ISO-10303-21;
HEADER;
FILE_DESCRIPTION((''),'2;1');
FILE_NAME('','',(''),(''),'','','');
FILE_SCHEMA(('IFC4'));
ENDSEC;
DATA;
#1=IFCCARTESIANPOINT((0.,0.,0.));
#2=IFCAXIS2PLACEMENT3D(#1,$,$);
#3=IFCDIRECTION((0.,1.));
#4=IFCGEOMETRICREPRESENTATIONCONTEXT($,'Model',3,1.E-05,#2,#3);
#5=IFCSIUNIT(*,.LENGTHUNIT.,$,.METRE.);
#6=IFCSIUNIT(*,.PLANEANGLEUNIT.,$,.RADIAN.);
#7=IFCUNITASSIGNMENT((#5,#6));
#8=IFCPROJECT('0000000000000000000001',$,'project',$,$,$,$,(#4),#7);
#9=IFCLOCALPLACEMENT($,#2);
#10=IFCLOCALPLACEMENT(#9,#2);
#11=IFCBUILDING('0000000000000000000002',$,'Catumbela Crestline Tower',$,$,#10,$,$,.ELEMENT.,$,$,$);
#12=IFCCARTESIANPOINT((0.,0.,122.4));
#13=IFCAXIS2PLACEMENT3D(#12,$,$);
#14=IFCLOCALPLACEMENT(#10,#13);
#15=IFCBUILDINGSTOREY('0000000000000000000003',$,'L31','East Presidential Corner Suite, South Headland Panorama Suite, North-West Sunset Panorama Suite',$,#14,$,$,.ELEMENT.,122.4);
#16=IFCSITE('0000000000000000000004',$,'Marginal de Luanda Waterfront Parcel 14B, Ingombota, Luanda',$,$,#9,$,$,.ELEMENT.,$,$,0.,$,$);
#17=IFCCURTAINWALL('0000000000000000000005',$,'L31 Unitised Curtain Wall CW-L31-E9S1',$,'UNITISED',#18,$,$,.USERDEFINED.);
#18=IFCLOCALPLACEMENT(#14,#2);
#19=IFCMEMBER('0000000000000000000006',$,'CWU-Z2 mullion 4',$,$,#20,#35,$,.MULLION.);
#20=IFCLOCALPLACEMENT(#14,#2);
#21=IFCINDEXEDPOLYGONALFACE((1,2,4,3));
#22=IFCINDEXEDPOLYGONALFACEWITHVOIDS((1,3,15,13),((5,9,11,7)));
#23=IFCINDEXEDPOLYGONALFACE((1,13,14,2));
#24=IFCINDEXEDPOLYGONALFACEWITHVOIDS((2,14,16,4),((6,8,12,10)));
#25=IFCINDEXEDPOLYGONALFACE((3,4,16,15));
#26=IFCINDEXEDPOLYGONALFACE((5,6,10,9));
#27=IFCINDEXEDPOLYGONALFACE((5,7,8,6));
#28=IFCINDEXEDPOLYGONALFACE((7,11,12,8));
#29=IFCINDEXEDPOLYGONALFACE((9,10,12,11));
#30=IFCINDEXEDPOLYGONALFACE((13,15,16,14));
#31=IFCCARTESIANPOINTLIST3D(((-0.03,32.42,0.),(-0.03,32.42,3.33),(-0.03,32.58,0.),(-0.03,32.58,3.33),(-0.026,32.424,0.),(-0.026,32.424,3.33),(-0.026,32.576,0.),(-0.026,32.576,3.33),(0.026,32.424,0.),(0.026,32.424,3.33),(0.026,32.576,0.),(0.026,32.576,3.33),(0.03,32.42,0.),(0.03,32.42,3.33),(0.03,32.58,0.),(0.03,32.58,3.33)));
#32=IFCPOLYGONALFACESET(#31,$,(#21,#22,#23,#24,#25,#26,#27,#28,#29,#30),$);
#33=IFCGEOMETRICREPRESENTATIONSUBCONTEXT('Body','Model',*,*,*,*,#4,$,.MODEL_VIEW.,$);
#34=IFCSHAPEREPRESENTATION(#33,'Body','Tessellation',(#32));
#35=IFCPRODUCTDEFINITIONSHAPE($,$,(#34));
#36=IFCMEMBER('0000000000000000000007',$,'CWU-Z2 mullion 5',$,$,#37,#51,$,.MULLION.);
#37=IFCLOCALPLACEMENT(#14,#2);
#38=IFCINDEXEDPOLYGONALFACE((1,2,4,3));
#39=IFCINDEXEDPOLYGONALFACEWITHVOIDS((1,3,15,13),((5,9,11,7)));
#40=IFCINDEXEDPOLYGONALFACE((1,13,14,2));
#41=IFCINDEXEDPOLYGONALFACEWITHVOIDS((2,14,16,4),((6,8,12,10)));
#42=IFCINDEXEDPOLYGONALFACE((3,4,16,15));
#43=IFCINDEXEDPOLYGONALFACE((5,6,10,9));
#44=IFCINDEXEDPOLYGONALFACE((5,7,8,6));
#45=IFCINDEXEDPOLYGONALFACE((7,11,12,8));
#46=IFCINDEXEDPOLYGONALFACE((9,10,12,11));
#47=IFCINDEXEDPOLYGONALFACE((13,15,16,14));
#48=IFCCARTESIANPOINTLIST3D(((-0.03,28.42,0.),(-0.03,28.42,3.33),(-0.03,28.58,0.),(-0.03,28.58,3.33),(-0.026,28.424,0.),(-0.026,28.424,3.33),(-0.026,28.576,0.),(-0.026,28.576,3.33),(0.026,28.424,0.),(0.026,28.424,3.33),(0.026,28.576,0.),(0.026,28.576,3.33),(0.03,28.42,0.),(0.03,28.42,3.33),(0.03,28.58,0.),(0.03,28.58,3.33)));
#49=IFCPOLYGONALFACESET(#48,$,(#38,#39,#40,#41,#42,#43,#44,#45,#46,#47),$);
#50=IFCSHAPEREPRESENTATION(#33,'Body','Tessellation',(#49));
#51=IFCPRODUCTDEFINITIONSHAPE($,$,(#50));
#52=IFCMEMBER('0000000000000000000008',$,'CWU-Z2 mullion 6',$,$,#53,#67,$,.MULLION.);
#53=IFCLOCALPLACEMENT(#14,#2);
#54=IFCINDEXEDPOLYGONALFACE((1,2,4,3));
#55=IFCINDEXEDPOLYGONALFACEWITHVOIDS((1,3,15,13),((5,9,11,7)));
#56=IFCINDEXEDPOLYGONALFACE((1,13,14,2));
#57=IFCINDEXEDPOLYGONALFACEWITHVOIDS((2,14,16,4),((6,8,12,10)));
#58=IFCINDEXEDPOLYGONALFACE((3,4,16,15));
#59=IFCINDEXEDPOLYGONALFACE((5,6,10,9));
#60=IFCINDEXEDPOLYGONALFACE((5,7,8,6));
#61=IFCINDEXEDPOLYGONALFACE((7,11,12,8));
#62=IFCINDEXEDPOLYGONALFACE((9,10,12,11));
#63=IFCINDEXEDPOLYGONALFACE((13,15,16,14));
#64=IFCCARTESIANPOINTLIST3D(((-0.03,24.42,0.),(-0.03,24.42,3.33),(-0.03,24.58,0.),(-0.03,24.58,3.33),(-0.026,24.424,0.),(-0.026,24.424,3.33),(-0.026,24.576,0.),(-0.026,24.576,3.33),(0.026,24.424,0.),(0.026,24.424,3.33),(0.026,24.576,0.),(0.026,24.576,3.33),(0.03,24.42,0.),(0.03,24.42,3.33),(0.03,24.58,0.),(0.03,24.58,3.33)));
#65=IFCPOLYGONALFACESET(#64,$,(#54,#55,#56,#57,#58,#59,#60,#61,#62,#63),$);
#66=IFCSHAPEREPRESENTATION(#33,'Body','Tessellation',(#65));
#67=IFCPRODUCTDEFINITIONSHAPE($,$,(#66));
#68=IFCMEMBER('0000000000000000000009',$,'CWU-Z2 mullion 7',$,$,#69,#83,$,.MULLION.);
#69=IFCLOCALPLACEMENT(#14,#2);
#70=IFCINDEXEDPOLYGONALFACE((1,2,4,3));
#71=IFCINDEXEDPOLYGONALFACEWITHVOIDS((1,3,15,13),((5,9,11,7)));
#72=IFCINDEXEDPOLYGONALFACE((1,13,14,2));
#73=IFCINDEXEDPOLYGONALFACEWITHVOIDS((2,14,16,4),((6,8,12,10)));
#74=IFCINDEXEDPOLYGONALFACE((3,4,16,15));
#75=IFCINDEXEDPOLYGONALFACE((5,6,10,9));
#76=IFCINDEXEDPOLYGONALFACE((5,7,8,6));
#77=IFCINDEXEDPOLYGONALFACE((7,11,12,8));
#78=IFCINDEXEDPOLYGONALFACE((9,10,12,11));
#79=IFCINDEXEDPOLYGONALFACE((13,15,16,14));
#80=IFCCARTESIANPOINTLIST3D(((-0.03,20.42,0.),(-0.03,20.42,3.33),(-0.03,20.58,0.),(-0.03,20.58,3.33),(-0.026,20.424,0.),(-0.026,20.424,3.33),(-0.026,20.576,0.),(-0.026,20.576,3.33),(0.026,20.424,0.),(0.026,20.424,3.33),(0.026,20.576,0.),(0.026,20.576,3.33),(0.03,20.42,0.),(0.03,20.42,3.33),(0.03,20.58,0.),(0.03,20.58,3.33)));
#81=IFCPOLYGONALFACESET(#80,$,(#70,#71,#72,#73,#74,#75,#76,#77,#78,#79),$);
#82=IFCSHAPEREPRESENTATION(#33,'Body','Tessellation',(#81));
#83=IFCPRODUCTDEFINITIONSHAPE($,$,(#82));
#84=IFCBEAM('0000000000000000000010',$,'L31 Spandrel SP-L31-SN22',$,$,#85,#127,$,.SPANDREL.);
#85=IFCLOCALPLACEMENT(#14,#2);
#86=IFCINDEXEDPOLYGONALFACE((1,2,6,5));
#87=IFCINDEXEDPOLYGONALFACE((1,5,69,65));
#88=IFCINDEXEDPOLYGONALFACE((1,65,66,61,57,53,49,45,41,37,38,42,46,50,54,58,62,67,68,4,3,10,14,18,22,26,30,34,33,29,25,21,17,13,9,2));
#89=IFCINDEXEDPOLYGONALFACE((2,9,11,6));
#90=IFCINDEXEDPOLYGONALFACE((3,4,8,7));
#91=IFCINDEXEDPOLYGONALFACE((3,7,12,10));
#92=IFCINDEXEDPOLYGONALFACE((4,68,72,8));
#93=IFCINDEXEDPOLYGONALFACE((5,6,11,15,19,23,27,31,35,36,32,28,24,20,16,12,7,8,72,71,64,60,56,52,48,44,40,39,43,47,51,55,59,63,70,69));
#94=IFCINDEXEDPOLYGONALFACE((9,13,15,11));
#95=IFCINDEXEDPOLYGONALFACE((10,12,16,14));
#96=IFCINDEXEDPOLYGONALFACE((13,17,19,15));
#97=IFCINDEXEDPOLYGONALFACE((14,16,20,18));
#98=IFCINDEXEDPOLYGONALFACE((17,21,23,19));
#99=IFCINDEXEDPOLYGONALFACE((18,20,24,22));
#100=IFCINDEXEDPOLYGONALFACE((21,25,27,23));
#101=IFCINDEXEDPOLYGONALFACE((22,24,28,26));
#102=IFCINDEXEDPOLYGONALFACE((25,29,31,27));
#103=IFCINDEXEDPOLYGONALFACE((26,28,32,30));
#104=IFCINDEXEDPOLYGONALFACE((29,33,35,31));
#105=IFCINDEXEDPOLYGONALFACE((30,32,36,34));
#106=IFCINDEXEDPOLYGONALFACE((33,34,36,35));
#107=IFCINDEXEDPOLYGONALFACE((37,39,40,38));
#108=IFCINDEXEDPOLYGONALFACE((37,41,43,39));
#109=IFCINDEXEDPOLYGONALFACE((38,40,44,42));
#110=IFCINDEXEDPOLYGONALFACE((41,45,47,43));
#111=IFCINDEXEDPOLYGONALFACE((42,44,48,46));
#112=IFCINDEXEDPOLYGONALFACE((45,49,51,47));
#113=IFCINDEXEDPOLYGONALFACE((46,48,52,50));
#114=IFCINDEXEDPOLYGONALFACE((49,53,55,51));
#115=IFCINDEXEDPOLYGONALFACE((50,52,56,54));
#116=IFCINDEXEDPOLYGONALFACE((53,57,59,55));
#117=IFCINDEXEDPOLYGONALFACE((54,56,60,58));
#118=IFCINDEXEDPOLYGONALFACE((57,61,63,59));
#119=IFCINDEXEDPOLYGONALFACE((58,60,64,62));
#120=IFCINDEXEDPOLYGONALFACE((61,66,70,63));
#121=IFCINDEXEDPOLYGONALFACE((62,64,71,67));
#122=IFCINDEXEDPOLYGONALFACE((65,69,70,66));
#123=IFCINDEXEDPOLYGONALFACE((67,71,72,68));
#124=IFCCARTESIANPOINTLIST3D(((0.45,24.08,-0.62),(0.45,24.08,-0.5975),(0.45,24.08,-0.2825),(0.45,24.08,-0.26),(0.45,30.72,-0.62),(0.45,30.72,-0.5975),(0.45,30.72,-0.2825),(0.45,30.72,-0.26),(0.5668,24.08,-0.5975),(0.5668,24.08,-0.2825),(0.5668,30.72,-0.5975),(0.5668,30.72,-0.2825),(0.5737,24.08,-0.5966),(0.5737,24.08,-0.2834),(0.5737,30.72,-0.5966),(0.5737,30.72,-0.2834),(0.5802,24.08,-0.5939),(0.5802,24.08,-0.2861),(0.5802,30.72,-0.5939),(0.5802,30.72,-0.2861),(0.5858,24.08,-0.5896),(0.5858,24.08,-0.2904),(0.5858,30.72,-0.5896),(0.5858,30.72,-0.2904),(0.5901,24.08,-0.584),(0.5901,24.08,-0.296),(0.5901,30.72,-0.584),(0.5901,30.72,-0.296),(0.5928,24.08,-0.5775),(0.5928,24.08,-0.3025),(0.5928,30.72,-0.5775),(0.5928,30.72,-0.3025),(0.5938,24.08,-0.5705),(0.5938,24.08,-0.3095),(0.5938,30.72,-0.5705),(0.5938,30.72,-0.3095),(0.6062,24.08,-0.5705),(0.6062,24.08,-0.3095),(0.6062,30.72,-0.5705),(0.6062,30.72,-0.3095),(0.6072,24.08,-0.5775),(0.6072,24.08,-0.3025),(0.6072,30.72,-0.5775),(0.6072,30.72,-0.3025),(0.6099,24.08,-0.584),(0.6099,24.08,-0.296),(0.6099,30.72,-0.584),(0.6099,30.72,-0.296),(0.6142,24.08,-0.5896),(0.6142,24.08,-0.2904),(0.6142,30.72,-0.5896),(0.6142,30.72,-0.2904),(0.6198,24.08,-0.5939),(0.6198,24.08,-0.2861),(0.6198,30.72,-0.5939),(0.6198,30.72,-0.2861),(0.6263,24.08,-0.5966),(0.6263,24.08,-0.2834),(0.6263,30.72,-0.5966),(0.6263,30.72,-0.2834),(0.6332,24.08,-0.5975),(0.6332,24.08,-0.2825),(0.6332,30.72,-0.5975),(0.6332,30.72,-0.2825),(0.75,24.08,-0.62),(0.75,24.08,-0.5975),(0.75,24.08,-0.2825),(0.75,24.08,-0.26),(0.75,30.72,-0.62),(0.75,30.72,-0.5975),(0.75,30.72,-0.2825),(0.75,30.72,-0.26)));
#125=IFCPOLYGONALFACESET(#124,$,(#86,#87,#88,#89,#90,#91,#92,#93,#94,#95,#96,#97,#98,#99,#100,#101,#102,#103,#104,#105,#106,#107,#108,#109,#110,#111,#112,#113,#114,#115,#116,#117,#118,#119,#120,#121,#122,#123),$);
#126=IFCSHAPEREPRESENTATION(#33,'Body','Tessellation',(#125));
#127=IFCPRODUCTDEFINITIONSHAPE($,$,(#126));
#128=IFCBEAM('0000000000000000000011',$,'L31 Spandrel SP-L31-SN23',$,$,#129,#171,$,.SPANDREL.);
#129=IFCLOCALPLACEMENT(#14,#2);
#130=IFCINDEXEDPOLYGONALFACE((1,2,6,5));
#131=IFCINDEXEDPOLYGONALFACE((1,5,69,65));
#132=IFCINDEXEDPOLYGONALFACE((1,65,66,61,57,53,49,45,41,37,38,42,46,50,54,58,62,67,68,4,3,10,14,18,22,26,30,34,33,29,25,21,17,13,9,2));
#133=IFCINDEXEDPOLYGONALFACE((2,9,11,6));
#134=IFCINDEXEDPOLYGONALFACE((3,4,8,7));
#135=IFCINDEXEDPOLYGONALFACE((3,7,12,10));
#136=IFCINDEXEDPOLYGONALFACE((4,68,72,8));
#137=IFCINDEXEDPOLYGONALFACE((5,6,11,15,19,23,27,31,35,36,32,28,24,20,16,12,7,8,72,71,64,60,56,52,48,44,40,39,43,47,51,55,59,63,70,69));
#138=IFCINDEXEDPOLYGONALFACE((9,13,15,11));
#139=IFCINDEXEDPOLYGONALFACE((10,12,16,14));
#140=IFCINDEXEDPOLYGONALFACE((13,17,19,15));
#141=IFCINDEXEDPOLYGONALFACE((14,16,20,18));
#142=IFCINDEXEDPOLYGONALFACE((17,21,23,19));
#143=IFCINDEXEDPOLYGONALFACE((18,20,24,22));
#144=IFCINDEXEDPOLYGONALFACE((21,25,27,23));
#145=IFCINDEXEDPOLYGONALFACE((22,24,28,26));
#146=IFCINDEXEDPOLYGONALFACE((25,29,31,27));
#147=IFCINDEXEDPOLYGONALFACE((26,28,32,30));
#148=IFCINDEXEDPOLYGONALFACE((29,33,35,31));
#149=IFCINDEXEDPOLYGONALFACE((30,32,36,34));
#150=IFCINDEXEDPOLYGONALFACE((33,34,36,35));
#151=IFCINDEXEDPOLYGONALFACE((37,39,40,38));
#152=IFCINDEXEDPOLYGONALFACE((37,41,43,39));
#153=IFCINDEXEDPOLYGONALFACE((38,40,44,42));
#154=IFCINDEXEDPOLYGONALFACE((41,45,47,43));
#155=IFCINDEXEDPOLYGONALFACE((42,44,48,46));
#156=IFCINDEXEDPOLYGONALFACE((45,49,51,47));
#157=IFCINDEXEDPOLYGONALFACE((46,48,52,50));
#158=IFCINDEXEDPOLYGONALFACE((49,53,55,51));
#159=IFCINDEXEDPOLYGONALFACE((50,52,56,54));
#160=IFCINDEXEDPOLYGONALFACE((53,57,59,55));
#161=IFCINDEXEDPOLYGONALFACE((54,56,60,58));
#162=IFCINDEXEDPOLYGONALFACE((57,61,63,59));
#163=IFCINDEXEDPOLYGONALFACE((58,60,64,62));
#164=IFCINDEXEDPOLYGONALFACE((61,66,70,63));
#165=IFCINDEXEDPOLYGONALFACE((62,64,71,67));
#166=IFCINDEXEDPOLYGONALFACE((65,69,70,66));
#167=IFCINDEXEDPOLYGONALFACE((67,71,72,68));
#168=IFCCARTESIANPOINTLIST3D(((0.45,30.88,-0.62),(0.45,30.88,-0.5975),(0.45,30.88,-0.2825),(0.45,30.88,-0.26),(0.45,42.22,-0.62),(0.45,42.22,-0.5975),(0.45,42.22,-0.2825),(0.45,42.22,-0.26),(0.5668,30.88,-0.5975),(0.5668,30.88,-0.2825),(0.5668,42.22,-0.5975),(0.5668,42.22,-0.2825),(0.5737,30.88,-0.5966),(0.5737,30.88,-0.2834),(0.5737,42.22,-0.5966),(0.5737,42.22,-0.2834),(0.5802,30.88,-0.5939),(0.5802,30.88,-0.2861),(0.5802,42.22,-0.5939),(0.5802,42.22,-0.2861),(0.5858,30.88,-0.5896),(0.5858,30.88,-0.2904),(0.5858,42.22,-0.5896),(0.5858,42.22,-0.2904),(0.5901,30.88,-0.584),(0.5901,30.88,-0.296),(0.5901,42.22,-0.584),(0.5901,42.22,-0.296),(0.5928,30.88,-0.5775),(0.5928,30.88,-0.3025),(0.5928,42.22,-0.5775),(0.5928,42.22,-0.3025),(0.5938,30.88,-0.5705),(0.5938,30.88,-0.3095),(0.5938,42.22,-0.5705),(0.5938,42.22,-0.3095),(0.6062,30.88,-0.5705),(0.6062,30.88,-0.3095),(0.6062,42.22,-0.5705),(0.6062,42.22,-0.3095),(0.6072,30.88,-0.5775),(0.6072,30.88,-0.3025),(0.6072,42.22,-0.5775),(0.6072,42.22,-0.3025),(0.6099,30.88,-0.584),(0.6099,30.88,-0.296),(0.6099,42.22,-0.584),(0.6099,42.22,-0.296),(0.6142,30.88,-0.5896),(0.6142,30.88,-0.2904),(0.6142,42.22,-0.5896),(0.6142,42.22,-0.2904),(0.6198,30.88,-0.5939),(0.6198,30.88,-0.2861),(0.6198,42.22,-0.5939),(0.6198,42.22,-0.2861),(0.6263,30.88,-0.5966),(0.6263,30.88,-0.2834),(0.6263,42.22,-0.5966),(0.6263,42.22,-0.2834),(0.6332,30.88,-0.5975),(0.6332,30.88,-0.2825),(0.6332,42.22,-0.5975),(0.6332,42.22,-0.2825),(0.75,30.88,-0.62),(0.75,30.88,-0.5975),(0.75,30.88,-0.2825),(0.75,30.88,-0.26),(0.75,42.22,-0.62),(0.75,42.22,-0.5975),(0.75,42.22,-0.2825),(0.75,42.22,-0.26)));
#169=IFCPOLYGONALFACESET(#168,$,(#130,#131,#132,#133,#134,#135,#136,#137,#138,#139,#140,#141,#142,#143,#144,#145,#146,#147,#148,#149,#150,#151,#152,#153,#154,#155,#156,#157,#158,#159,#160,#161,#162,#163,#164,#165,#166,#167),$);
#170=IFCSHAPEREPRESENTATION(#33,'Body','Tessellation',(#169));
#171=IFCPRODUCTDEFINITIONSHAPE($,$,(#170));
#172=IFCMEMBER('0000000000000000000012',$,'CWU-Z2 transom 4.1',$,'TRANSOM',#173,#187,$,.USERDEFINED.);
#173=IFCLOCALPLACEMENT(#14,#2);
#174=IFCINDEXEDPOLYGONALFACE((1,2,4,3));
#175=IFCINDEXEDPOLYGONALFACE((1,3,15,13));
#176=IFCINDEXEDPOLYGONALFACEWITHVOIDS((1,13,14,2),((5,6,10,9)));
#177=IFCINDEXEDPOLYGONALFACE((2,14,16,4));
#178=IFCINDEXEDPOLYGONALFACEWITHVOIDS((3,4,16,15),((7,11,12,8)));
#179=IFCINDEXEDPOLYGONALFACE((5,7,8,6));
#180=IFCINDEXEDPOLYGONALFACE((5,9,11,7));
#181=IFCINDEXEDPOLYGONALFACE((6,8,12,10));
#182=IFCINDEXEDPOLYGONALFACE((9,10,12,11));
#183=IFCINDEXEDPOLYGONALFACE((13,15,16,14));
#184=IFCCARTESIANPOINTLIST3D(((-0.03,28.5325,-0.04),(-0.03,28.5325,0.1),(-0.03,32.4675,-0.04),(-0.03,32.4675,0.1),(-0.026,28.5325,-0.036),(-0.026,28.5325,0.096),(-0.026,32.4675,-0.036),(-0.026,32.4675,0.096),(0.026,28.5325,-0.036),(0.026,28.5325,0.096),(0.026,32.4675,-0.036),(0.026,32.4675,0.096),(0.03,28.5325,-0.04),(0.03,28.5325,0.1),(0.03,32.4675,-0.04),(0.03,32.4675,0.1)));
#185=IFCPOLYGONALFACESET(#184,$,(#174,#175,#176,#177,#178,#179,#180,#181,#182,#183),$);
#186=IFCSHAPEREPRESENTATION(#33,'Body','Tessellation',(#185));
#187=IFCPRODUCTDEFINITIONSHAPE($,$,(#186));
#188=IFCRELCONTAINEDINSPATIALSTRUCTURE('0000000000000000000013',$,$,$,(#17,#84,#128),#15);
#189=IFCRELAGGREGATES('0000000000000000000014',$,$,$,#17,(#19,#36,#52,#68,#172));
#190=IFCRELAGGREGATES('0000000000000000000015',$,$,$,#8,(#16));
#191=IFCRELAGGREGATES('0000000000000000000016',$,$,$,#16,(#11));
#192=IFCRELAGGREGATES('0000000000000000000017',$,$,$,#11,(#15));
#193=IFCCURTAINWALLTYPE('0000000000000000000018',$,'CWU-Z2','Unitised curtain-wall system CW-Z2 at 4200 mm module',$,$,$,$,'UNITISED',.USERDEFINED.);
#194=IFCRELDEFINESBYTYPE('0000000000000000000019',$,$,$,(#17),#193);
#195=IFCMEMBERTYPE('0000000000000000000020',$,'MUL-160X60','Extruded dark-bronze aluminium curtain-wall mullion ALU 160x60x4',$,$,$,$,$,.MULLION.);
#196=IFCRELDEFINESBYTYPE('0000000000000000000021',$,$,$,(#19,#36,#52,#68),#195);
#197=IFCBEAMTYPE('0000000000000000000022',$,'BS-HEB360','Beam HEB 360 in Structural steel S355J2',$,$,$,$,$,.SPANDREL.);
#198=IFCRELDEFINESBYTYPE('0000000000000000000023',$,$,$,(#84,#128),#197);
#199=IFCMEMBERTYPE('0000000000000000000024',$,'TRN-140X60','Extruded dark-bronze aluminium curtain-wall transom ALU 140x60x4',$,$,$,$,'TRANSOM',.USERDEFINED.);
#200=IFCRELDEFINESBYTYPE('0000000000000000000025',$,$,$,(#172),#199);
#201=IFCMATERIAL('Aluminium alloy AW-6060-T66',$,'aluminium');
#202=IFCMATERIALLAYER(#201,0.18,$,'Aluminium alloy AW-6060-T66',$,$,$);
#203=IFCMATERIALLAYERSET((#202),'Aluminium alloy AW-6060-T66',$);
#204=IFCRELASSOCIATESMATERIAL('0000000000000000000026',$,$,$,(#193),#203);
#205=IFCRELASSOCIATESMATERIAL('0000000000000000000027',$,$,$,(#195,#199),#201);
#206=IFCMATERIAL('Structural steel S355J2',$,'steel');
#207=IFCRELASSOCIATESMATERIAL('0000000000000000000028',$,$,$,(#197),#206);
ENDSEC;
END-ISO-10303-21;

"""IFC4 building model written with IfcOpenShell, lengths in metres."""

from ifc_helpers import new_model, si_unit, direction, frame, origin, origin_2d, place, context, subcontext, project, spatial, hollow_rectangle, i_section, extrude, material, layer, layer_set, material_profile, profile_set, type_object, element, aggregate, save


model = new_model("IFC4")

# Units and contexts
model_context = context("Model", 3, precision=1e-05, world=origin(), true_north=direction((0.0, 1.0)))
body_context = subcontext(model_context, "Body", "Model", "MODEL_VIEW")
ifc_project = project(units=[si_unit("LENGTHUNIT", "METRE"), si_unit("PLANEANGLEUNIT", "RADIAN")], contexts=[model_context])

# Site, building, storey
site_placement = place(None, origin())
site = spatial("IfcSite", under=ifc_project, at=site_placement, Name="Marginal de Luanda Waterfront Parcel 14B, Ingombota, Luanda", CompositionType="ELEMENT", RefElevation=0.0)
building_placement = place(site_placement, origin())
building = spatial("IfcBuilding", under=site, at=building_placement, Name="Catumbela Crestline Tower", CompositionType="ELEMENT")
storey_placement = place(building_placement, frame((0.0, 0.0, 122.4)))
storey = spatial("IfcBuildingStorey", under=building, at=storey_placement, Name="L31", Description="East Presidential Corner Suite, South Headland Panorama Suite, North-West Sunset Panorama Suite", CompositionType="ELEMENT", Elevation=122.4)

# Shared definitions
ifc_material_1 = material(Name="Structural steel S355J2", Category="steel")

# Curtain wall, members
ifc_material_2 = material(Name="Aluminium alloy AW-6060-T66", Category="aluminium")
ifc_layer_1 = layer(ifc_material_2, 0.18, Name="Aluminium alloy AW-6060-T66")
ifc_layer_set_1 = layer_set([ifc_layer_1], Name="Aluminium alloy AW-6060-T66")
curtain_wall_type = type_object("IfcCurtainWallType", Name="CWU-Z2", Description="Unitised curtain-wall system CW-Z2 at 4200 mm module", ElementType="UNITISED", PredefinedType="USERDEFINED", material=ifc_layer_set_1)
curtain_wall_placement = place(storey_placement, origin())
curtain_wall = element("IfcCurtainWall", 1, at=curtain_wall_placement, inside=storey, type_object=curtain_wall_type, Name="L31 Unitised Curtain Wall CW-L31-E9S1", ObjectType="UNITISED", PredefinedType="USERDEFINED")
ifc_material_profile_1 = material_profile(ifc_material_2, hollow_rectangle(XDim=0.06, YDim=0.16, WallThickness=0.004, at=origin_2d()), Name="ALU 160x60x4")
ifc_profile_set_1 = profile_set([ifc_material_profile_1], Name="Aluminium alloy AW-6060-T66")
member_type_1 = type_object("IfcMemberType", Name="MUL-160X60", Description="Extruded dark-bronze aluminium curtain-wall mullion ALU 160x60x4", PredefinedType="MULLION", material=ifc_profile_set_1)
member_1_placement = place(storey_placement, frame((0.0, 32.5, 0.0), z_axis=(0.0, 0.0, 1.0), x_axis=(1.0, 0.0, 0.0)))
member_1 = element("IfcMember", 2, at=member_1_placement, type_object=member_type_1, Name="CWU-Z2 mullion 4", PredefinedType="MULLION", context=body_context, shape_type="SweptSolid", body=[
    extrude(hollow_rectangle(XDim=0.06, YDim=0.16, WallThickness=0.004, at=origin_2d()), origin(), (0.0, 0.0, 1.0), 3.33),
])
member_2_placement = place(storey_placement, frame((0.0, 28.5, 0.0), z_axis=(0.0, 0.0, 1.0), x_axis=(1.0, 0.0, 0.0)))
member_2 = element("IfcMember", 3, at=member_2_placement, type_object=member_type_1, Name="CWU-Z2 mullion 5", PredefinedType="MULLION", context=body_context, shape_type="SweptSolid", body=[
    extrude(hollow_rectangle(XDim=0.06, YDim=0.16, WallThickness=0.004, at=origin_2d()), origin(), (0.0, 0.0, 1.0), 3.33),
])
member_3_placement = place(storey_placement, frame((0.0, 24.5, 0.0), z_axis=(0.0, 0.0, 1.0), x_axis=(1.0, 0.0, 0.0)))
member_3 = element("IfcMember", 4, at=member_3_placement, type_object=member_type_1, Name="CWU-Z2 mullion 6", PredefinedType="MULLION", context=body_context, shape_type="SweptSolid", body=[
    extrude(hollow_rectangle(XDim=0.06, YDim=0.16, WallThickness=0.004, at=origin_2d()), origin(), (0.0, 0.0, 1.0), 3.33),
])
member_4_placement = place(storey_placement, frame((0.0, 20.5, 0.0), z_axis=(0.0, 0.0, 1.0), x_axis=(1.0, 0.0, 0.0)))
member_4 = element("IfcMember", 5, at=member_4_placement, type_object=member_type_1, Name="CWU-Z2 mullion 7", PredefinedType="MULLION", context=body_context, shape_type="SweptSolid", body=[
    extrude(hollow_rectangle(XDim=0.06, YDim=0.16, WallThickness=0.004, at=origin_2d()), origin(), (0.0, 0.0, 1.0), 3.33),
])

# Beams
ifc_material_profile_2 = material_profile(ifc_material_1, i_section(OverallWidth=0.3, OverallDepth=0.36, WebThickness=0.0125, FlangeThickness=0.0225, FilletRadius=0.027, at=origin_2d()), Name="HEB 360")
ifc_profile_set_2 = profile_set([ifc_material_profile_2], Name="Structural steel S355J2")
beam_type_1 = type_object("IfcBeamType", Name="BS-HEB360", Description="Beam HEB 360 in Structural steel S355J2", PredefinedType="SPANDREL", material=ifc_profile_set_2)
beam_1_placement = place(storey_placement, frame((0.6, 24.08, -0.44), z_axis=(0.0, 1.0, 0.0), x_axis=(-1.0, 0.0, 0.0)))
element("IfcBeam", 6, at=beam_1_placement, inside=storey, type_object=beam_type_1, Name="L31 Spandrel SP-L31-SN22", PredefinedType="SPANDREL", context=body_context, shape_type="SweptSolid", body=[
    extrude(i_section(OverallWidth=0.3, OverallDepth=0.36, WebThickness=0.0125, FlangeThickness=0.0225, FilletRadius=0.027, at=origin_2d()), origin(), (0.0, 0.0, 1.0), 6.64),
])
beam_2_placement = place(storey_placement, frame((0.6, 30.88, -0.44), z_axis=(0.0, 1.0, 0.0), x_axis=(-1.0, 0.0, 0.0)))
element("IfcBeam", 7, at=beam_2_placement, inside=storey, type_object=beam_type_1, Name="L31 Spandrel SP-L31-SN23", PredefinedType="SPANDREL", context=body_context, shape_type="SweptSolid", body=[
    extrude(i_section(OverallWidth=0.3, OverallDepth=0.36, WebThickness=0.0125, FlangeThickness=0.0225, FilletRadius=0.027, at=origin_2d()), origin(), (0.0, 0.0, 1.0), 11.34),
])

# Member
ifc_material_profile_3 = material_profile(ifc_material_2, hollow_rectangle(XDim=0.06, YDim=0.14, WallThickness=0.004, at=origin_2d()), Name="ALU 140x60x4")
ifc_profile_set_3 = profile_set([ifc_material_profile_3], Name="Aluminium alloy AW-6060-T66")
member_type_2 = type_object("IfcMemberType", Name="TRN-140X60", Description="Extruded dark-bronze aluminium curtain-wall transom ALU 140x60x4", ElementType="TRANSOM", PredefinedType="USERDEFINED", material=ifc_profile_set_3)
member_5_placement = place(storey_placement, frame((0.0, 32.4675, 0.03), z_axis=(0.0, -1.0, 0.0), x_axis=(1.0, 0.0, 0.0)))
member_5 = element("IfcMember", 8, at=member_5_placement, type_object=member_type_2, Name="CWU-Z2 transom 4.1", ObjectType="TRANSOM", PredefinedType="USERDEFINED", context=body_context, shape_type="SweptSolid", body=[
    extrude(hollow_rectangle(XDim=0.06, YDim=0.14, WallThickness=0.004, at=origin_2d()), origin(), (0.0, 0.0, 1.0), 3.935),
])

aggregate(curtain_wall, [member_1, member_2, member_3, member_4, member_5])

save(model, "model.ifc")
